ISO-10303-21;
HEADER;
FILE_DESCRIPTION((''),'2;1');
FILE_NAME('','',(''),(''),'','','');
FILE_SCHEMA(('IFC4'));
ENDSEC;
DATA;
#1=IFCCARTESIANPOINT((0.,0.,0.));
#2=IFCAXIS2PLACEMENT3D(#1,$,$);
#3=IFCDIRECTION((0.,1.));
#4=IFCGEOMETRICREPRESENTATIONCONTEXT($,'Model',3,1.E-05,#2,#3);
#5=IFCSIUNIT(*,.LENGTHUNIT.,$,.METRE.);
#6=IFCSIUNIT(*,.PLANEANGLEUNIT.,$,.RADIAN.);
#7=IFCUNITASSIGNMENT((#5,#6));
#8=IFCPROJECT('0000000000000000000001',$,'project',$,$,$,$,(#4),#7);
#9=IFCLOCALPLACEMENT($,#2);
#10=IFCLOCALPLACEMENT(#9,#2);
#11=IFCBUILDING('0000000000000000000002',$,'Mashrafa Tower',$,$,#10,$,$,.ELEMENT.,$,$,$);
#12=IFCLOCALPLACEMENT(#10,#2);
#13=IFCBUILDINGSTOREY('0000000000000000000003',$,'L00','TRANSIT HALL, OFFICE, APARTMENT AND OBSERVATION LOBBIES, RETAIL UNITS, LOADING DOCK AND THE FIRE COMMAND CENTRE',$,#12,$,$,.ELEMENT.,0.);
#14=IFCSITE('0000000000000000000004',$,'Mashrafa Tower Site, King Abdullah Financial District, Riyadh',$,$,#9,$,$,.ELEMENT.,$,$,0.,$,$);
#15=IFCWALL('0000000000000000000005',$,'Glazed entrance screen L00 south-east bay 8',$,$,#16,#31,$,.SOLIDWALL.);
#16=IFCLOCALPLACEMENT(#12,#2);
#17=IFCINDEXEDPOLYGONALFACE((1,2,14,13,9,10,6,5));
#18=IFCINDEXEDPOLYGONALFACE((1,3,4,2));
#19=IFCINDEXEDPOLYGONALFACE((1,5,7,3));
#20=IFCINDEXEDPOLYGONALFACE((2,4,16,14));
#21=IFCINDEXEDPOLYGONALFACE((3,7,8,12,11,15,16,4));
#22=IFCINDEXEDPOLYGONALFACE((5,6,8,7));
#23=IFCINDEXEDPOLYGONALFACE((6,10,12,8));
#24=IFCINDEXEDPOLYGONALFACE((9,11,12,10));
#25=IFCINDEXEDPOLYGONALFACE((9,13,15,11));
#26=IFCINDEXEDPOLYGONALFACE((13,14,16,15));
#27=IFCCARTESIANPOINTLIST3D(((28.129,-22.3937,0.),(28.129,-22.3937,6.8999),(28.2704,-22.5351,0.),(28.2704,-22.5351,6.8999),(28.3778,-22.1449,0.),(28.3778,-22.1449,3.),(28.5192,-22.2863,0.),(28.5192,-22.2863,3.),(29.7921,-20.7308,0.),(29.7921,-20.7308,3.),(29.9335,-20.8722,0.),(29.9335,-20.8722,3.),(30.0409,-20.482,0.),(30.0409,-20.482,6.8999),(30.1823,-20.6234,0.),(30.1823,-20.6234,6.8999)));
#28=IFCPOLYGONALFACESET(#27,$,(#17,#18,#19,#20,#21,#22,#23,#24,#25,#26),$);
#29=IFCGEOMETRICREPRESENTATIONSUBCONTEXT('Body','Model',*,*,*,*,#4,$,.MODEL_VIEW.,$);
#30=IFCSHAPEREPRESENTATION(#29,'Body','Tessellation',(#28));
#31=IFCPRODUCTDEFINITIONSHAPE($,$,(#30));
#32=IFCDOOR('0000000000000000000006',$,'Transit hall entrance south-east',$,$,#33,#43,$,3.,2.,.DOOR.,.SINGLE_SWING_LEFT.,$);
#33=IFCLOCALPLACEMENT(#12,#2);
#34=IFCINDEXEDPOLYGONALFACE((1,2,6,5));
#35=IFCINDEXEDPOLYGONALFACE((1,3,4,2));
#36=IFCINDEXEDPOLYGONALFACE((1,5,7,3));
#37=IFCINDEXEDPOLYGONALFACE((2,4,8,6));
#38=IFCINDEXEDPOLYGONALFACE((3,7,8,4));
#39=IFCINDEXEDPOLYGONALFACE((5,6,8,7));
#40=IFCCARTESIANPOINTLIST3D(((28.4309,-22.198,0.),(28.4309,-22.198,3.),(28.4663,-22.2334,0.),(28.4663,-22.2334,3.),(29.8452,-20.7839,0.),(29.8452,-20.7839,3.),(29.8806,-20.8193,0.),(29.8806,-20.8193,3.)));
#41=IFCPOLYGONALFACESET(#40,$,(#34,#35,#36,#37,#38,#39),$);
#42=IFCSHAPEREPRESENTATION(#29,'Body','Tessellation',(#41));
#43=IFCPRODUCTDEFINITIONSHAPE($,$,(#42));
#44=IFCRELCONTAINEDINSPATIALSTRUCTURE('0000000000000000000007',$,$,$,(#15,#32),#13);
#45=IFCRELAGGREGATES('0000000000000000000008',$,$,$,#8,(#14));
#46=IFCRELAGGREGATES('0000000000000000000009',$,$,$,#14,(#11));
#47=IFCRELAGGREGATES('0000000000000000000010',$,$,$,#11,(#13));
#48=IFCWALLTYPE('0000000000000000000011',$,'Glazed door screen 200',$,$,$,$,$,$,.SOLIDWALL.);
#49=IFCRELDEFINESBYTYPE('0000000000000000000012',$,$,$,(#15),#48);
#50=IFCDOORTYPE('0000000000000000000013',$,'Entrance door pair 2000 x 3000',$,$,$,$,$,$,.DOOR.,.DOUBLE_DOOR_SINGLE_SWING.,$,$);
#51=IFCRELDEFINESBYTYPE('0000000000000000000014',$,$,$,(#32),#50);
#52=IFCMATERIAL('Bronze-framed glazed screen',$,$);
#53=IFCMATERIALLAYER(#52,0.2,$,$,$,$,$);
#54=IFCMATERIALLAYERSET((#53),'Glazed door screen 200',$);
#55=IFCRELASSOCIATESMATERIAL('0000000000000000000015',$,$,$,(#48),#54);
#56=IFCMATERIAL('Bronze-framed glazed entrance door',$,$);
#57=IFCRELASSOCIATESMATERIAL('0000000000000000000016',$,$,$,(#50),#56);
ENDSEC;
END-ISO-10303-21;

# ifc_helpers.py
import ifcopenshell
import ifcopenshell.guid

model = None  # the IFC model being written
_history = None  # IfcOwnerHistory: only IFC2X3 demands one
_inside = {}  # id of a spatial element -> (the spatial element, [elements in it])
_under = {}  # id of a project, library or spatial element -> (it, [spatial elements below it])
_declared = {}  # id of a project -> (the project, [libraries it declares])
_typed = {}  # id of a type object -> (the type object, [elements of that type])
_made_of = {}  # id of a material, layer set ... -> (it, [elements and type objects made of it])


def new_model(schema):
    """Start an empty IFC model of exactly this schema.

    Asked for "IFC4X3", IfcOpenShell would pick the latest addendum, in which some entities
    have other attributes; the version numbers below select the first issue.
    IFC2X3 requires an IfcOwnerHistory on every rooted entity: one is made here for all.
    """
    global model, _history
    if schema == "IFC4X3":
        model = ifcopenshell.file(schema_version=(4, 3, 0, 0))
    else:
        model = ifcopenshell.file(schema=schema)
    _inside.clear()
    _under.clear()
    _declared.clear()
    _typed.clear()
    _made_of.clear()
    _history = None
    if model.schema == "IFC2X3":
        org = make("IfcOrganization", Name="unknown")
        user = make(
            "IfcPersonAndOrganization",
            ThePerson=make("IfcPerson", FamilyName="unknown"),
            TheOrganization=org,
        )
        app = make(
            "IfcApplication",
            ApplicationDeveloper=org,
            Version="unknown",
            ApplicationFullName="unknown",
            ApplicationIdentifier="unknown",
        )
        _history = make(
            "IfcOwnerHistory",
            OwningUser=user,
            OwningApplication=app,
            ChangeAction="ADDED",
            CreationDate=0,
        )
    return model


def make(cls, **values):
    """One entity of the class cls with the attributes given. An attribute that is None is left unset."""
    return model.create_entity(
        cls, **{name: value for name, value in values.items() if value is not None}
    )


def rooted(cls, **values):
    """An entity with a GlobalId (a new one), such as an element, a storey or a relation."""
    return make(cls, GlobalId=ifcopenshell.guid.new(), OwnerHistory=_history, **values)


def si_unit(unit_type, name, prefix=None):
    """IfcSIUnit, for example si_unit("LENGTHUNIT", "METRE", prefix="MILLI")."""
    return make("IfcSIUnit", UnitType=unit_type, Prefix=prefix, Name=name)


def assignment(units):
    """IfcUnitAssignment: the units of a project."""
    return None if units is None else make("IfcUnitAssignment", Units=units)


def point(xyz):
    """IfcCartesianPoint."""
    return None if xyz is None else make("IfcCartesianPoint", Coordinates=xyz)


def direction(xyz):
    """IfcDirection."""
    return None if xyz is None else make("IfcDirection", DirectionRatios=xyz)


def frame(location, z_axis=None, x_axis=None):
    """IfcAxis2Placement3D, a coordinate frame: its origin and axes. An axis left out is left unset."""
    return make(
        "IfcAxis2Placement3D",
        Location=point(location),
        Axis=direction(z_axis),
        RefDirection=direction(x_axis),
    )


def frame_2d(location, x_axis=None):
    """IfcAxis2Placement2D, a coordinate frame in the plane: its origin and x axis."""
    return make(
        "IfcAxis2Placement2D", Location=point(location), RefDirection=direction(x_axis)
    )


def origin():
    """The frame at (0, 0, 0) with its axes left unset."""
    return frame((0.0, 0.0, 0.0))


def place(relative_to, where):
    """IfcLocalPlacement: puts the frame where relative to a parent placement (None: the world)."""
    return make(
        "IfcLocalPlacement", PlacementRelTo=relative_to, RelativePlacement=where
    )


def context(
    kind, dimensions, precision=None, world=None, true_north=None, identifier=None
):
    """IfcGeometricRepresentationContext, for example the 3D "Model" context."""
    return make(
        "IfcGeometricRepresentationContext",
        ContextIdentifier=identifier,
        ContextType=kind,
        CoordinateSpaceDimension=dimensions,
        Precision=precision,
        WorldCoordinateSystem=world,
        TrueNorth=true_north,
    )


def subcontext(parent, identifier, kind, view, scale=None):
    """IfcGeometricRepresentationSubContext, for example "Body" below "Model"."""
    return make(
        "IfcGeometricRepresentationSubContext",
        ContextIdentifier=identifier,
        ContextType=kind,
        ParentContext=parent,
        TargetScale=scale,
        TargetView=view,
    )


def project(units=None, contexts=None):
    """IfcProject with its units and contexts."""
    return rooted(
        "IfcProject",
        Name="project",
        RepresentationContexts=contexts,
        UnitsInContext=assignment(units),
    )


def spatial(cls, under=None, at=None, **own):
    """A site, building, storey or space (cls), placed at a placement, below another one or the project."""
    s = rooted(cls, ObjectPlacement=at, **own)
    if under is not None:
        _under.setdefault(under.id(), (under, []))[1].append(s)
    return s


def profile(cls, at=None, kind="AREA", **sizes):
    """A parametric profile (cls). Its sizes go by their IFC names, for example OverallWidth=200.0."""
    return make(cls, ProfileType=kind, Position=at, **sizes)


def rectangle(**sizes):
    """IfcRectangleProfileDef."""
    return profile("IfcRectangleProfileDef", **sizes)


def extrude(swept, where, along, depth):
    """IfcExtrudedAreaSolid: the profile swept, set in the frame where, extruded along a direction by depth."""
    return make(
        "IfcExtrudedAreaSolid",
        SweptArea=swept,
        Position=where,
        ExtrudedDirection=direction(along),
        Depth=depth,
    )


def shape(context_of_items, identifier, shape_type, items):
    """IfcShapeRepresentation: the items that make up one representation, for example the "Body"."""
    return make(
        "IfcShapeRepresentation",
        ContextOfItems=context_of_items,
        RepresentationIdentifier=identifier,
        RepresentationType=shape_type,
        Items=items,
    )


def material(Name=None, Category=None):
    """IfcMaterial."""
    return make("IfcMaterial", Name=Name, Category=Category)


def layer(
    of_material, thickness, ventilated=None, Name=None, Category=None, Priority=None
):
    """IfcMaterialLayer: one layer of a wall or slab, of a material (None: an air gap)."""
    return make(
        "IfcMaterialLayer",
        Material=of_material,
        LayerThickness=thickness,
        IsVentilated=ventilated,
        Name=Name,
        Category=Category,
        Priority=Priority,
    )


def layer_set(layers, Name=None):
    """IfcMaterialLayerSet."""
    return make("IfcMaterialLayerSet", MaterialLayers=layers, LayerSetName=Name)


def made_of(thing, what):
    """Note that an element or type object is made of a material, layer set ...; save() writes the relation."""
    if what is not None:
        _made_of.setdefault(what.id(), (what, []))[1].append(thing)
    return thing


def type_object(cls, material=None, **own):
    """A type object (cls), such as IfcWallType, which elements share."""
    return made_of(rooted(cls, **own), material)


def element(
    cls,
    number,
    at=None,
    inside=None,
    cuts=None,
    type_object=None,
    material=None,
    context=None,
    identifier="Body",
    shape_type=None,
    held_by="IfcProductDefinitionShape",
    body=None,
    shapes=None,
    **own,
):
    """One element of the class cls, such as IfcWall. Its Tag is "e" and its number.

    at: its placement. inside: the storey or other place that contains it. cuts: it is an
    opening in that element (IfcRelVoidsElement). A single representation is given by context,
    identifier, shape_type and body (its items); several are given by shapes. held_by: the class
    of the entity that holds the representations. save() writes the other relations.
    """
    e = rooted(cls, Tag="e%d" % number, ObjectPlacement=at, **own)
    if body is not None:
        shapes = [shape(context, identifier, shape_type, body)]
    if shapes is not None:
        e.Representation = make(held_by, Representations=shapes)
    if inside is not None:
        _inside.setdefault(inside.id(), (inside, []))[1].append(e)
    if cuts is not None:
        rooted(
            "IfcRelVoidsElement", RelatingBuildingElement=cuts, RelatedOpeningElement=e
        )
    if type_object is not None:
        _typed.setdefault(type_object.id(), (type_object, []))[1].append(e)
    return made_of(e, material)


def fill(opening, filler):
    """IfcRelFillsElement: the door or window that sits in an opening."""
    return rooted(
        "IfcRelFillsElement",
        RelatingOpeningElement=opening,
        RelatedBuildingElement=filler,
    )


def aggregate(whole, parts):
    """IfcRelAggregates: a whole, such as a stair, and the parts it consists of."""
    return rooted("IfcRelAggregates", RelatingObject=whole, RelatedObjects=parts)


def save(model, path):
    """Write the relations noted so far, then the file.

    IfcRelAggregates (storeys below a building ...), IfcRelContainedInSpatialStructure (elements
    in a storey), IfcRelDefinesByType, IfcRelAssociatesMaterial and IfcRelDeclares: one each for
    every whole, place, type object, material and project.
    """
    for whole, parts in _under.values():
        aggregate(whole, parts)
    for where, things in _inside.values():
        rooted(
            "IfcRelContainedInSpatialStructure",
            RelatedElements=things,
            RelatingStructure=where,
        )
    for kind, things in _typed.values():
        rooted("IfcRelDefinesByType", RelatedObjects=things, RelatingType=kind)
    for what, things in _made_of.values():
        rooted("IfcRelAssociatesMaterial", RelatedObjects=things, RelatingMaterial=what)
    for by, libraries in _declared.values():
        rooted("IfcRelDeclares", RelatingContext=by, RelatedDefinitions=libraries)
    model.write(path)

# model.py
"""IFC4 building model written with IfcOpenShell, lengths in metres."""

from ifc_helpers import new_model, si_unit, direction, frame, frame_2d, origin, place, context, subcontext, project, spatial, rectangle, extrude, material, layer, layer_set, type_object, element, fill, save


model = new_model("IFC4")

# Units and contexts
model_context = context("Model", 3, precision=1e-05, world=origin(), true_north=direction((0.0, 1.0)))
body_context = subcontext(model_context, "Body", "Model", "MODEL_VIEW")
ifc_project = project(units=[si_unit("LENGTHUNIT", "METRE"), si_unit("PLANEANGLEUNIT", "RADIAN")], contexts=[model_context])

# Site, building, storey
site_placement = place(None, origin())
site = spatial("IfcSite", under=ifc_project, at=site_placement, Name="Mashrafa Tower Site, King Abdullah Financial District, Riyadh", CompositionType="ELEMENT", RefElevation=0.0)
building_placement = place(site_placement, origin())
building = spatial("IfcBuilding", under=site, at=building_placement, Name="Mashrafa Tower", CompositionType="ELEMENT")
storey_placement = place(building_placement, origin())
storey = spatial("IfcBuildingStorey", under=building, at=storey_placement, Name="L00", Description="TRANSIT HALL, OFFICE, APARTMENT AND OBSERVATION LOBBIES, RETAIL UNITS, LOADING DOCK AND THE FIRE COMMAND CENTRE", CompositionType="ELEMENT", Elevation=0.0)

# Wall, opening, door
ifc_material_1 = material(Name="Bronze-framed glazed screen")
ifc_layer_1 = layer(ifc_material_1, 0.2)
ifc_layer_set_1 = layer_set([ifc_layer_1], Name="Glazed door screen 200")
wall_type_1 = type_object("IfcWallType", Name="Glazed door screen 200", PredefinedType="SOLIDWALL", material=ifc_layer_set_1)
ifc_material_2 = material(Name="Bronze-framed glazed entrance door")
door_type_1 = type_object("IfcDoorType", Name="Entrance door pair 2000 x 3000", OperationType="DOUBLE_DOOR_SINGLE_SWING", PredefinedType="DOOR", material=ifc_material_2)
wall_1_placement = place(storey_placement, frame((28.1997, -22.4644, 0.0), z_axis=(0.0, 0.0, 1.0), x_axis=(0.707152, 0.707062, 0.0)))
wall_1 = element("IfcWall", 1, at=wall_1_placement, inside=storey, type_object=wall_type_1, Name="Glazed entrance screen L00 south-east bay 8", PredefinedType="SOLIDWALL", context=body_context, shape_type="SweptSolid", body=[
    extrude(rectangle(XDim=2.7036, YDim=0.2, at=frame_2d((1.3518, 0.0))), origin(), (0.0, 0.0, 1.0), 6.8999),
])
opening_1_placement = place(wall_1_placement, frame((0.3518, 0.0, 0.0)))
opening_1 = element("IfcOpeningElement", 2, at=opening_1_placement, cuts=wall_1, PredefinedType="OPENING", context=body_context, shape_type="SweptSolid", body=[
    extrude(rectangle(XDim=2.0, YDim=3.0, at=frame_2d((1.0, 1.5))), frame((0.0, 0.1099, 0.0), z_axis=(0.0, -1.0, 0.0), x_axis=(1.0, 0.0, 0.0)), (0.0, 0.0, 1.0), 0.22),
])
door_1_placement = place(opening_1_placement, origin())
door_1 = element("IfcDoor", 3, at=door_1_placement, inside=storey, type_object=door_type_1, Name="Transit hall entrance south-east", OperationType="SINGLE_SWING_LEFT", OverallHeight=3.0, OverallWidth=2.0, PredefinedType="DOOR", context=body_context, shape_type="SweptSolid", body=[
    extrude(rectangle(XDim=2.0, YDim=3.0, at=frame_2d((1.0, 1.5))), frame((0.0, 0.0249, 0.0), z_axis=(0.0, -1.0, 0.0), x_axis=(1.0, 0.0, 0.0)), (0.0, 0.0, 1.0), 0.05),
])
fill(opening_1, door_1)

save(model, "model.ifc")
